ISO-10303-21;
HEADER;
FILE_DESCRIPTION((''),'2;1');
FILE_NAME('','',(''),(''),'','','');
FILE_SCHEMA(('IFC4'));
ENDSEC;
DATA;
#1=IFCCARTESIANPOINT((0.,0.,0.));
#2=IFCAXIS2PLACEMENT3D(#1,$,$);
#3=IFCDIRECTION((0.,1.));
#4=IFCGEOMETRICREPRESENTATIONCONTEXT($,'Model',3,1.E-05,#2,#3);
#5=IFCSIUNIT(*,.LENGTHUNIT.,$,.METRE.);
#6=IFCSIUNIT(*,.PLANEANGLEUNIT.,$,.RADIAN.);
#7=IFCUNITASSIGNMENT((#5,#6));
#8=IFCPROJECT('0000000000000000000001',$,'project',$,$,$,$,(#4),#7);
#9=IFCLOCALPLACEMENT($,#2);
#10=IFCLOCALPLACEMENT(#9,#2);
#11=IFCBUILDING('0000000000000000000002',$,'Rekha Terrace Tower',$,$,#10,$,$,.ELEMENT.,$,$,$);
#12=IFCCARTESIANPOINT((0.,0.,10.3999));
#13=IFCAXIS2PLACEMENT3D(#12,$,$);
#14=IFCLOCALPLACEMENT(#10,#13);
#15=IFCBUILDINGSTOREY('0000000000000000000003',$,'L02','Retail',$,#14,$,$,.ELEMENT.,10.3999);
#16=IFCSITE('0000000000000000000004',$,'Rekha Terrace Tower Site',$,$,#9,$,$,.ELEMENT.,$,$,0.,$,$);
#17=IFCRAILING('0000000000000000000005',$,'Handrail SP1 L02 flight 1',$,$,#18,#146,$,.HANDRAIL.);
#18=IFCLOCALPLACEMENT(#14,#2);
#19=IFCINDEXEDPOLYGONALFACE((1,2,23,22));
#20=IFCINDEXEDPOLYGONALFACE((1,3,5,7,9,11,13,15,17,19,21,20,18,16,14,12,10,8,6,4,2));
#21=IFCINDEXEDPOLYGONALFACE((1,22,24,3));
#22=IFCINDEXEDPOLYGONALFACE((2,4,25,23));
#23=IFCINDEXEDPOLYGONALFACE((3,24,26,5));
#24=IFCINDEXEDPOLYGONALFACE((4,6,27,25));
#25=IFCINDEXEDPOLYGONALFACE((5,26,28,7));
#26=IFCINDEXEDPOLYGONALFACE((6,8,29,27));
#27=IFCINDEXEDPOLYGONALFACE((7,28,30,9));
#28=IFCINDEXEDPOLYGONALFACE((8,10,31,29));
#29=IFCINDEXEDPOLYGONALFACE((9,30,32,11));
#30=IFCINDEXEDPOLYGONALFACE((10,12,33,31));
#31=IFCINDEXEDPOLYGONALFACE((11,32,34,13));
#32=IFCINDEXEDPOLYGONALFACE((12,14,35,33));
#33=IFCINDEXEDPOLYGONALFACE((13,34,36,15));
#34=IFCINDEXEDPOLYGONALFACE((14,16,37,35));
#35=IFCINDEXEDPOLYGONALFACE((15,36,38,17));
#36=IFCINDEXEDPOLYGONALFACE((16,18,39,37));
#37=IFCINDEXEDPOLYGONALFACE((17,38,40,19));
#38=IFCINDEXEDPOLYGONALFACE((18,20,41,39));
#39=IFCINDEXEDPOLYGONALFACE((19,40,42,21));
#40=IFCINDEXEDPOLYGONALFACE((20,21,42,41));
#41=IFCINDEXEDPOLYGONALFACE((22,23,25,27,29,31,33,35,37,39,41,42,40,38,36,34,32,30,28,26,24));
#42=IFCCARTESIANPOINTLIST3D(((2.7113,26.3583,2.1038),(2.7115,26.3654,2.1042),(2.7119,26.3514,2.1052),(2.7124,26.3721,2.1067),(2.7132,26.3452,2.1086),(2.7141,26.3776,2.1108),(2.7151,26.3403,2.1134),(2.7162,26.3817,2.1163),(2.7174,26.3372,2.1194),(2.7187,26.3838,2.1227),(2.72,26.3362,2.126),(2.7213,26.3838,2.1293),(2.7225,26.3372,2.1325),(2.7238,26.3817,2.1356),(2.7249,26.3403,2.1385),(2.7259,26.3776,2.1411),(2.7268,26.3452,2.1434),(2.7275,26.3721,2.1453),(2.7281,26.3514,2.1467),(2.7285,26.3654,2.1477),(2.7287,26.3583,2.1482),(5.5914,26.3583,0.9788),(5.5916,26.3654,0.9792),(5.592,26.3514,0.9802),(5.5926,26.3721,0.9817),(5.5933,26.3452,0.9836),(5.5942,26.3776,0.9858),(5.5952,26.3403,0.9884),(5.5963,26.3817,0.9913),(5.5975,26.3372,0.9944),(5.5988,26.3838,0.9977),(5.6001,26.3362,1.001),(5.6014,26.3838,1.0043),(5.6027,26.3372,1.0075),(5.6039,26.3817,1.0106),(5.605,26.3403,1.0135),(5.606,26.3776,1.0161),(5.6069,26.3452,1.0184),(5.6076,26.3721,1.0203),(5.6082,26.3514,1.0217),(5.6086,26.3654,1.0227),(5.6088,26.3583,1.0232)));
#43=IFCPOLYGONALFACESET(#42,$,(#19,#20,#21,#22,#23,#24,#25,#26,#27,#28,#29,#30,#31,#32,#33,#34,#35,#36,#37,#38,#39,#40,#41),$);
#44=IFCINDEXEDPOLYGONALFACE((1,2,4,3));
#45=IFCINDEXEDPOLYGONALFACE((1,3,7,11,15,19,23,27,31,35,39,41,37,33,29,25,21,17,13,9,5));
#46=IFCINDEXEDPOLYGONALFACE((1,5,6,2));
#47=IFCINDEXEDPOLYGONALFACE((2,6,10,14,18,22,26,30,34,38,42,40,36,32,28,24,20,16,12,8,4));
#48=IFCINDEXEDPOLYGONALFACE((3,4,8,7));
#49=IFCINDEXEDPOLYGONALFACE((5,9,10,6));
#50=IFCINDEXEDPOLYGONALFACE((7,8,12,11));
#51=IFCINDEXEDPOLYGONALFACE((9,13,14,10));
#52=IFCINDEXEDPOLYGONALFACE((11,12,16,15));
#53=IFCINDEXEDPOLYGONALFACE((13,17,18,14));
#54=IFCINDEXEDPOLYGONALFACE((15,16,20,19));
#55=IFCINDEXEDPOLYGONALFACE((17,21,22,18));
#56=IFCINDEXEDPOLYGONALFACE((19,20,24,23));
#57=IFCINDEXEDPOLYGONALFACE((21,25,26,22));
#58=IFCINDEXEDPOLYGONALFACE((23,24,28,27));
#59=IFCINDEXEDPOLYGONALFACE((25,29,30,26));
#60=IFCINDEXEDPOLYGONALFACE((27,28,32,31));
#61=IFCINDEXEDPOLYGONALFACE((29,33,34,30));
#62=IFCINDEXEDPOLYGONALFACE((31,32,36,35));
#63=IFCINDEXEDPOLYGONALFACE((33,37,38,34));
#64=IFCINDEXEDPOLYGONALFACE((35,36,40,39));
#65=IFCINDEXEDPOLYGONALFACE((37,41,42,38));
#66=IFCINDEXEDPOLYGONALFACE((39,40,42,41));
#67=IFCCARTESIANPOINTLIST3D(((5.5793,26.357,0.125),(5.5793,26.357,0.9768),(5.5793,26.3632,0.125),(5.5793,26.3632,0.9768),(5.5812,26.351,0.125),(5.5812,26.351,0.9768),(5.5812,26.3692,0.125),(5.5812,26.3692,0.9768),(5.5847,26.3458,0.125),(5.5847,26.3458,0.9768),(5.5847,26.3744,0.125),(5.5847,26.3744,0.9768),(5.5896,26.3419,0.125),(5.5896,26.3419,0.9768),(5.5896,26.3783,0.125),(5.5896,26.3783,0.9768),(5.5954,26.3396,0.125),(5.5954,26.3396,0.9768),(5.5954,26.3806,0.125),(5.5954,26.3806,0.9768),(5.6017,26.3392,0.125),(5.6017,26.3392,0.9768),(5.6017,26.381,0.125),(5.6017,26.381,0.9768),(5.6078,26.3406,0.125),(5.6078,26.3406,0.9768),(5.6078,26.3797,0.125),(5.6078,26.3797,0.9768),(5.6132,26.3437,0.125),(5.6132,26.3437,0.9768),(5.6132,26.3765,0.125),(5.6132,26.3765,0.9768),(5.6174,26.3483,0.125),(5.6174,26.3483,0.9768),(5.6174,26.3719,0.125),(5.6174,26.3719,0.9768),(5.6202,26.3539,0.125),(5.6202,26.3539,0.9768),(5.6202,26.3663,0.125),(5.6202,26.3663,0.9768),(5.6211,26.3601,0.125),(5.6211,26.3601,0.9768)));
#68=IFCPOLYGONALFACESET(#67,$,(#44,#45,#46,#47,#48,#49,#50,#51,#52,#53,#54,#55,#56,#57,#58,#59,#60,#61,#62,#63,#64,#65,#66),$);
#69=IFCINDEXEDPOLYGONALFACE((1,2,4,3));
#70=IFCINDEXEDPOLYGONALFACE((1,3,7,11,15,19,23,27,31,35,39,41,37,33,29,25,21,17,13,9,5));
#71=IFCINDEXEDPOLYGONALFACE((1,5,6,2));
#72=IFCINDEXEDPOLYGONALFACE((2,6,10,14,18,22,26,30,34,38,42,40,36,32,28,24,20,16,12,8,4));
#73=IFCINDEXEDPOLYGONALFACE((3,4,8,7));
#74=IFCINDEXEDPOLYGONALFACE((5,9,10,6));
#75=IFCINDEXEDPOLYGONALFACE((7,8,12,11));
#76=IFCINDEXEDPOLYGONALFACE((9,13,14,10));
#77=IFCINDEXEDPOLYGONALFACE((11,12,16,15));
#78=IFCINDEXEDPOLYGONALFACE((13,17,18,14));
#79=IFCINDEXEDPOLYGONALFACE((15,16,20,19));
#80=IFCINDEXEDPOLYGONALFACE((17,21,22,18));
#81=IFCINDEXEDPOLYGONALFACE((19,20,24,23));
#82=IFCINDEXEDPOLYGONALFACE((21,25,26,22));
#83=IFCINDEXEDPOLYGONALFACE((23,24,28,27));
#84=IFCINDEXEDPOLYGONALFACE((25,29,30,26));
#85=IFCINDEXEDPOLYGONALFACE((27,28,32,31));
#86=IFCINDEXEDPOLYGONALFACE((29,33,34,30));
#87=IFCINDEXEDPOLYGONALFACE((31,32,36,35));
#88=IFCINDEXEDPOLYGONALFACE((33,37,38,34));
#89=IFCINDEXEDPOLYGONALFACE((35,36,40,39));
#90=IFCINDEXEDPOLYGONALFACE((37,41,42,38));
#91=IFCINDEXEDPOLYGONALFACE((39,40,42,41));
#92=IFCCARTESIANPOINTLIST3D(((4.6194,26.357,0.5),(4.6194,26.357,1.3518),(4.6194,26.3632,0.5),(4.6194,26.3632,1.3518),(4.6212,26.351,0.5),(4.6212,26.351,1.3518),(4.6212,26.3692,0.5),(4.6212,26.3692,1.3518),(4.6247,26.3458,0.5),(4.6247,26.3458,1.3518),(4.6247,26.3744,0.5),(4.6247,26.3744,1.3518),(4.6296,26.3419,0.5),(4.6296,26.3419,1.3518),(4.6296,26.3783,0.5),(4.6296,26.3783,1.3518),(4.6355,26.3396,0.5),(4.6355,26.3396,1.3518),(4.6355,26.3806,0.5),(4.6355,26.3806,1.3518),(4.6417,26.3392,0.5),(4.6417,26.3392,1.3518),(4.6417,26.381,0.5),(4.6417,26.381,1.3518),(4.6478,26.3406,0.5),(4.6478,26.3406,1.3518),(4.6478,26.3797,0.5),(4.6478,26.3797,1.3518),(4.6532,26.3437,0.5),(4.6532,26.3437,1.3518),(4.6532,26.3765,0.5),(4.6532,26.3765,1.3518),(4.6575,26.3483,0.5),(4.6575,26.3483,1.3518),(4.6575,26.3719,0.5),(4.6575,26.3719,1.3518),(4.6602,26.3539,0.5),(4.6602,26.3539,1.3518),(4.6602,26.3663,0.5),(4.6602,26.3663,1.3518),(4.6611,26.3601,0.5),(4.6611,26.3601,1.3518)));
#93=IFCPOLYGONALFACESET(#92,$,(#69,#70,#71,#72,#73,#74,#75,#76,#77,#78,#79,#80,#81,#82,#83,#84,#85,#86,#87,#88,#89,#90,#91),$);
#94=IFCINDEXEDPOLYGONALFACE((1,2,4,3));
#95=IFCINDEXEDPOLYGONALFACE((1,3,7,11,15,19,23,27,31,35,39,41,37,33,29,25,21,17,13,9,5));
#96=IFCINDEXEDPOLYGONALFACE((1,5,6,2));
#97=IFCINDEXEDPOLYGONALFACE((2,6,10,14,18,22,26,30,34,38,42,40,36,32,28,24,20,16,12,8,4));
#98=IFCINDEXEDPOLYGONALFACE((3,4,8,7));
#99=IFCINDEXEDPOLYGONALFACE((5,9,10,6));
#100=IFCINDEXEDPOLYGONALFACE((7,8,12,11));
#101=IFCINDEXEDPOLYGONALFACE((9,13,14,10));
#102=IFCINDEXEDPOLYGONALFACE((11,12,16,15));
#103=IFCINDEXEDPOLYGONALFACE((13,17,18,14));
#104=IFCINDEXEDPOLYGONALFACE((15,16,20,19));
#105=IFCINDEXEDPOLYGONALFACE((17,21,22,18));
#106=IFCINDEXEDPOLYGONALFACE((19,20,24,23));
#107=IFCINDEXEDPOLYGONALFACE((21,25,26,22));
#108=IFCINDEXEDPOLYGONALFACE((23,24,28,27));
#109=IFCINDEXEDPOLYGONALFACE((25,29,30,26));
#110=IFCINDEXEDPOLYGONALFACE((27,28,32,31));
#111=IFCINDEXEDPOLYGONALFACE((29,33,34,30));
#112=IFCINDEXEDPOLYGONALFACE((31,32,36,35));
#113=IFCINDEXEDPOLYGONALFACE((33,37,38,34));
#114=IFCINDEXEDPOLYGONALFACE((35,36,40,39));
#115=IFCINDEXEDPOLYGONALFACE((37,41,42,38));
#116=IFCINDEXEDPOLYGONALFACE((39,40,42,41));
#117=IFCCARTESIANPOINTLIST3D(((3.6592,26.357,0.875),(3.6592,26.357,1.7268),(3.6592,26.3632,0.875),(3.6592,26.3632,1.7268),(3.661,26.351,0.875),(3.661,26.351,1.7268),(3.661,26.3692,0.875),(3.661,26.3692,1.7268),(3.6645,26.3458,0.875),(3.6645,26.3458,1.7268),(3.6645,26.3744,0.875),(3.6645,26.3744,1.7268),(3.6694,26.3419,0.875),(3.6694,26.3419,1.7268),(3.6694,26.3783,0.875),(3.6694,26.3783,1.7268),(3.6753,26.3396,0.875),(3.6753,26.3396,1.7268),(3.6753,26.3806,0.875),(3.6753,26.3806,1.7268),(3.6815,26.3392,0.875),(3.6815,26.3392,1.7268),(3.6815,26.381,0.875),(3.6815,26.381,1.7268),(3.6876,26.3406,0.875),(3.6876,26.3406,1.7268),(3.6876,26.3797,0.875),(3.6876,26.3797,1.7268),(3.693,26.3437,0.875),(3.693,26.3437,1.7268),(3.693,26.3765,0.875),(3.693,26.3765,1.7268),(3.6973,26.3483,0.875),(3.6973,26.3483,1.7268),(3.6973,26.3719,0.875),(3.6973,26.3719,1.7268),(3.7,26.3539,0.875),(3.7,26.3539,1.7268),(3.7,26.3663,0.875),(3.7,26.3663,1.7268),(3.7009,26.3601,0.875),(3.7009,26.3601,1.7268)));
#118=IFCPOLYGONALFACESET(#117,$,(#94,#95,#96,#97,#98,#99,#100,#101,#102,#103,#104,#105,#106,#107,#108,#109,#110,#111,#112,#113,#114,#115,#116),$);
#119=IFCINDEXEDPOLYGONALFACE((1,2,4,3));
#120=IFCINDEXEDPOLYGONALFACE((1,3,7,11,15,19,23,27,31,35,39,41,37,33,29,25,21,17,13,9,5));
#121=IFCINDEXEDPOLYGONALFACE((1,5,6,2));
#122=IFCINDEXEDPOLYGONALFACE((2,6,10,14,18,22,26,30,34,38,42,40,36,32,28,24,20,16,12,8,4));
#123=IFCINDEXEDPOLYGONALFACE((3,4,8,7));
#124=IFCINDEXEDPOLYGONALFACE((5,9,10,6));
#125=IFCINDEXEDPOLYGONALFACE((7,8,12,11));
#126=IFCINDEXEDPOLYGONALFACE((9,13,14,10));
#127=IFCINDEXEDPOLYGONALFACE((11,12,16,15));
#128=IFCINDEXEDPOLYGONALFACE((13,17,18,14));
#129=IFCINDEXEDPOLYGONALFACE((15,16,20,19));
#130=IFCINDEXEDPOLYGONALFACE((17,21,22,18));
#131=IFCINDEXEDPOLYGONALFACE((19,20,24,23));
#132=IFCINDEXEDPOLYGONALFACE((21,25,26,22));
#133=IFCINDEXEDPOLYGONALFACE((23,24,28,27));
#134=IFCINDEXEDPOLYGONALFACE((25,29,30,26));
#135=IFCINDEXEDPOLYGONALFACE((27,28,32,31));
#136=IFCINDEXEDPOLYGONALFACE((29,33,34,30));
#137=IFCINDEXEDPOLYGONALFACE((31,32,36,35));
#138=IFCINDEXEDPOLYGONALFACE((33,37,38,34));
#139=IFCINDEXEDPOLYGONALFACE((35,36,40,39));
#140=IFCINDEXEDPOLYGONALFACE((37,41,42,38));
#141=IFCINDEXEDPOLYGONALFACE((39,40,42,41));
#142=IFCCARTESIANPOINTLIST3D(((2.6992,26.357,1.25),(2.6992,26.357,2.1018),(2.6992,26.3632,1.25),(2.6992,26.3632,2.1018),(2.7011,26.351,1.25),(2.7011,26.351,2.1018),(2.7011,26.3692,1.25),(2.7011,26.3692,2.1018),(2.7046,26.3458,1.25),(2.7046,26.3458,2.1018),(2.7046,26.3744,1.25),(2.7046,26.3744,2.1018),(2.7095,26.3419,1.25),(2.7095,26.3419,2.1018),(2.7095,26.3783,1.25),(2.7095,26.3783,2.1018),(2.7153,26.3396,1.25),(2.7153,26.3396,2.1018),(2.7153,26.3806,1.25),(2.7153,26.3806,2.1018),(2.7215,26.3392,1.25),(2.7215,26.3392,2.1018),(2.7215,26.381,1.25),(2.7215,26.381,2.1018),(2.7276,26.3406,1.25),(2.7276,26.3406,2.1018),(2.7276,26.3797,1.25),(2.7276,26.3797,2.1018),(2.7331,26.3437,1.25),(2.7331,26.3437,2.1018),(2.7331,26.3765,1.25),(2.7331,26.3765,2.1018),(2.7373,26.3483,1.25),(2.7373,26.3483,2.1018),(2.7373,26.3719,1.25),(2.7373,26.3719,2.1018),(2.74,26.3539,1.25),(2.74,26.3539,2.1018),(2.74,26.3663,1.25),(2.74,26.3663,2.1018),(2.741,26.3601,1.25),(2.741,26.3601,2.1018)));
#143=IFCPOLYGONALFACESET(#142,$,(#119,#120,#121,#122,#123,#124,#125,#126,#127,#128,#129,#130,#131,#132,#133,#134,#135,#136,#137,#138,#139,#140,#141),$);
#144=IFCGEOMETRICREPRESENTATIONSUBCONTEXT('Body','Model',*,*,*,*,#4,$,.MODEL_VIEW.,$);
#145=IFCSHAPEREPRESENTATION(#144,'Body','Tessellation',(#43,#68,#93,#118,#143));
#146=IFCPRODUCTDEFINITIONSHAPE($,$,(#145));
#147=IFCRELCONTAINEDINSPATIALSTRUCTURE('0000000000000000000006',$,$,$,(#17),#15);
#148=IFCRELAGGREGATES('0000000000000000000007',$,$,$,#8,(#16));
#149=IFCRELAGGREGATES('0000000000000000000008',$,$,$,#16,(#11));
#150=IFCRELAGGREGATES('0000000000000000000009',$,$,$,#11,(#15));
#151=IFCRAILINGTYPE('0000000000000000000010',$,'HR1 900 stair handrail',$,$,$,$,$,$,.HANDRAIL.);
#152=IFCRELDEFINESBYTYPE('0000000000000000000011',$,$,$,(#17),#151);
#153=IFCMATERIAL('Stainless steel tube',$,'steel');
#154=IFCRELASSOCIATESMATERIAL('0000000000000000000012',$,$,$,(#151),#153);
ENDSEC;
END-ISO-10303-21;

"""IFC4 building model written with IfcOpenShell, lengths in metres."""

from ifc_helpers import new_model, si_unit, direction, frame, origin, origin_2d, place, context, subcontext, project, spatial, circle, extrude, material, type_object, element, save


model = new_model("IFC4")

# Units and contexts
model_context = context("Model", 3, precision=1e-05, world=origin(), true_north=direction((0.0, 1.0)))
body_context = subcontext(model_context, "Body", "Model", "MODEL_VIEW")
ifc_project = project(units=[si_unit("LENGTHUNIT", "METRE"), si_unit("PLANEANGLEUNIT", "RADIAN")], contexts=[model_context])

# Site, building, storey
site_placement = place(None, origin())
site = spatial("IfcSite", under=ifc_project, at=site_placement, Name="Rekha Terrace Tower Site", CompositionType="ELEMENT", RefElevation=0.0)
building_placement = place(site_placement, origin())
building = spatial("IfcBuilding", under=site, at=building_placement, Name="Rekha Terrace Tower", CompositionType="ELEMENT")
storey_placement = place(building_placement, frame((0.0, 0.0, 10.3999)))
storey = spatial("IfcBuildingStorey", under=building, at=storey_placement, Name="L02", Description="Retail", CompositionType="ELEMENT", Elevation=10.3999)

# Railing
ifc_material_1 = material(Name="Stainless steel tube", Category="steel")
railing_type_1 = type_object("IfcRailingType", Name="HR1 900 stair handrail", PredefinedType="HANDRAIL", material=ifc_material_1)
railing_1_placement = place(storey_placement, frame((5.6001, 26.3601, 0.125)))
element("IfcRailing", 1, at=railing_1_placement, inside=storey, type_object=railing_type_1, Name="Handrail SP1 L02 flight 1", PredefinedType="HANDRAIL", context=body_context, shape_type="SweptSolid", body=[
    extrude(circle(Radius=0.0239, at=origin_2d()), frame((0.0, 0.0, 0.876), z_axis=(-0.931463, 0.0, 0.363837), x_axis=(0.0, -1.0, 0.0)), (0.0, 0.0, 1.0), 3.092),
    extrude(circle(Radius=0.021, at=origin_2d()), origin(), (0.0, 0.0, 1.0), 0.8518),
    extrude(circle(Radius=0.021, at=origin_2d()), frame((-0.96, 0.0, 0.375)), (0.0, 0.0, 1.0), 0.8518),
    extrude(circle(Radius=0.021, at=origin_2d()), frame((-1.9202, 0.0, 0.75)), (0.0, 0.0, 1.0), 0.8518),
    extrude(circle(Radius=0.021, at=origin_2d()), frame((-2.8801, 0.0, 1.125)), (0.0, 0.0, 1.0), 0.8518),
])

save(model, "model.ifc")
